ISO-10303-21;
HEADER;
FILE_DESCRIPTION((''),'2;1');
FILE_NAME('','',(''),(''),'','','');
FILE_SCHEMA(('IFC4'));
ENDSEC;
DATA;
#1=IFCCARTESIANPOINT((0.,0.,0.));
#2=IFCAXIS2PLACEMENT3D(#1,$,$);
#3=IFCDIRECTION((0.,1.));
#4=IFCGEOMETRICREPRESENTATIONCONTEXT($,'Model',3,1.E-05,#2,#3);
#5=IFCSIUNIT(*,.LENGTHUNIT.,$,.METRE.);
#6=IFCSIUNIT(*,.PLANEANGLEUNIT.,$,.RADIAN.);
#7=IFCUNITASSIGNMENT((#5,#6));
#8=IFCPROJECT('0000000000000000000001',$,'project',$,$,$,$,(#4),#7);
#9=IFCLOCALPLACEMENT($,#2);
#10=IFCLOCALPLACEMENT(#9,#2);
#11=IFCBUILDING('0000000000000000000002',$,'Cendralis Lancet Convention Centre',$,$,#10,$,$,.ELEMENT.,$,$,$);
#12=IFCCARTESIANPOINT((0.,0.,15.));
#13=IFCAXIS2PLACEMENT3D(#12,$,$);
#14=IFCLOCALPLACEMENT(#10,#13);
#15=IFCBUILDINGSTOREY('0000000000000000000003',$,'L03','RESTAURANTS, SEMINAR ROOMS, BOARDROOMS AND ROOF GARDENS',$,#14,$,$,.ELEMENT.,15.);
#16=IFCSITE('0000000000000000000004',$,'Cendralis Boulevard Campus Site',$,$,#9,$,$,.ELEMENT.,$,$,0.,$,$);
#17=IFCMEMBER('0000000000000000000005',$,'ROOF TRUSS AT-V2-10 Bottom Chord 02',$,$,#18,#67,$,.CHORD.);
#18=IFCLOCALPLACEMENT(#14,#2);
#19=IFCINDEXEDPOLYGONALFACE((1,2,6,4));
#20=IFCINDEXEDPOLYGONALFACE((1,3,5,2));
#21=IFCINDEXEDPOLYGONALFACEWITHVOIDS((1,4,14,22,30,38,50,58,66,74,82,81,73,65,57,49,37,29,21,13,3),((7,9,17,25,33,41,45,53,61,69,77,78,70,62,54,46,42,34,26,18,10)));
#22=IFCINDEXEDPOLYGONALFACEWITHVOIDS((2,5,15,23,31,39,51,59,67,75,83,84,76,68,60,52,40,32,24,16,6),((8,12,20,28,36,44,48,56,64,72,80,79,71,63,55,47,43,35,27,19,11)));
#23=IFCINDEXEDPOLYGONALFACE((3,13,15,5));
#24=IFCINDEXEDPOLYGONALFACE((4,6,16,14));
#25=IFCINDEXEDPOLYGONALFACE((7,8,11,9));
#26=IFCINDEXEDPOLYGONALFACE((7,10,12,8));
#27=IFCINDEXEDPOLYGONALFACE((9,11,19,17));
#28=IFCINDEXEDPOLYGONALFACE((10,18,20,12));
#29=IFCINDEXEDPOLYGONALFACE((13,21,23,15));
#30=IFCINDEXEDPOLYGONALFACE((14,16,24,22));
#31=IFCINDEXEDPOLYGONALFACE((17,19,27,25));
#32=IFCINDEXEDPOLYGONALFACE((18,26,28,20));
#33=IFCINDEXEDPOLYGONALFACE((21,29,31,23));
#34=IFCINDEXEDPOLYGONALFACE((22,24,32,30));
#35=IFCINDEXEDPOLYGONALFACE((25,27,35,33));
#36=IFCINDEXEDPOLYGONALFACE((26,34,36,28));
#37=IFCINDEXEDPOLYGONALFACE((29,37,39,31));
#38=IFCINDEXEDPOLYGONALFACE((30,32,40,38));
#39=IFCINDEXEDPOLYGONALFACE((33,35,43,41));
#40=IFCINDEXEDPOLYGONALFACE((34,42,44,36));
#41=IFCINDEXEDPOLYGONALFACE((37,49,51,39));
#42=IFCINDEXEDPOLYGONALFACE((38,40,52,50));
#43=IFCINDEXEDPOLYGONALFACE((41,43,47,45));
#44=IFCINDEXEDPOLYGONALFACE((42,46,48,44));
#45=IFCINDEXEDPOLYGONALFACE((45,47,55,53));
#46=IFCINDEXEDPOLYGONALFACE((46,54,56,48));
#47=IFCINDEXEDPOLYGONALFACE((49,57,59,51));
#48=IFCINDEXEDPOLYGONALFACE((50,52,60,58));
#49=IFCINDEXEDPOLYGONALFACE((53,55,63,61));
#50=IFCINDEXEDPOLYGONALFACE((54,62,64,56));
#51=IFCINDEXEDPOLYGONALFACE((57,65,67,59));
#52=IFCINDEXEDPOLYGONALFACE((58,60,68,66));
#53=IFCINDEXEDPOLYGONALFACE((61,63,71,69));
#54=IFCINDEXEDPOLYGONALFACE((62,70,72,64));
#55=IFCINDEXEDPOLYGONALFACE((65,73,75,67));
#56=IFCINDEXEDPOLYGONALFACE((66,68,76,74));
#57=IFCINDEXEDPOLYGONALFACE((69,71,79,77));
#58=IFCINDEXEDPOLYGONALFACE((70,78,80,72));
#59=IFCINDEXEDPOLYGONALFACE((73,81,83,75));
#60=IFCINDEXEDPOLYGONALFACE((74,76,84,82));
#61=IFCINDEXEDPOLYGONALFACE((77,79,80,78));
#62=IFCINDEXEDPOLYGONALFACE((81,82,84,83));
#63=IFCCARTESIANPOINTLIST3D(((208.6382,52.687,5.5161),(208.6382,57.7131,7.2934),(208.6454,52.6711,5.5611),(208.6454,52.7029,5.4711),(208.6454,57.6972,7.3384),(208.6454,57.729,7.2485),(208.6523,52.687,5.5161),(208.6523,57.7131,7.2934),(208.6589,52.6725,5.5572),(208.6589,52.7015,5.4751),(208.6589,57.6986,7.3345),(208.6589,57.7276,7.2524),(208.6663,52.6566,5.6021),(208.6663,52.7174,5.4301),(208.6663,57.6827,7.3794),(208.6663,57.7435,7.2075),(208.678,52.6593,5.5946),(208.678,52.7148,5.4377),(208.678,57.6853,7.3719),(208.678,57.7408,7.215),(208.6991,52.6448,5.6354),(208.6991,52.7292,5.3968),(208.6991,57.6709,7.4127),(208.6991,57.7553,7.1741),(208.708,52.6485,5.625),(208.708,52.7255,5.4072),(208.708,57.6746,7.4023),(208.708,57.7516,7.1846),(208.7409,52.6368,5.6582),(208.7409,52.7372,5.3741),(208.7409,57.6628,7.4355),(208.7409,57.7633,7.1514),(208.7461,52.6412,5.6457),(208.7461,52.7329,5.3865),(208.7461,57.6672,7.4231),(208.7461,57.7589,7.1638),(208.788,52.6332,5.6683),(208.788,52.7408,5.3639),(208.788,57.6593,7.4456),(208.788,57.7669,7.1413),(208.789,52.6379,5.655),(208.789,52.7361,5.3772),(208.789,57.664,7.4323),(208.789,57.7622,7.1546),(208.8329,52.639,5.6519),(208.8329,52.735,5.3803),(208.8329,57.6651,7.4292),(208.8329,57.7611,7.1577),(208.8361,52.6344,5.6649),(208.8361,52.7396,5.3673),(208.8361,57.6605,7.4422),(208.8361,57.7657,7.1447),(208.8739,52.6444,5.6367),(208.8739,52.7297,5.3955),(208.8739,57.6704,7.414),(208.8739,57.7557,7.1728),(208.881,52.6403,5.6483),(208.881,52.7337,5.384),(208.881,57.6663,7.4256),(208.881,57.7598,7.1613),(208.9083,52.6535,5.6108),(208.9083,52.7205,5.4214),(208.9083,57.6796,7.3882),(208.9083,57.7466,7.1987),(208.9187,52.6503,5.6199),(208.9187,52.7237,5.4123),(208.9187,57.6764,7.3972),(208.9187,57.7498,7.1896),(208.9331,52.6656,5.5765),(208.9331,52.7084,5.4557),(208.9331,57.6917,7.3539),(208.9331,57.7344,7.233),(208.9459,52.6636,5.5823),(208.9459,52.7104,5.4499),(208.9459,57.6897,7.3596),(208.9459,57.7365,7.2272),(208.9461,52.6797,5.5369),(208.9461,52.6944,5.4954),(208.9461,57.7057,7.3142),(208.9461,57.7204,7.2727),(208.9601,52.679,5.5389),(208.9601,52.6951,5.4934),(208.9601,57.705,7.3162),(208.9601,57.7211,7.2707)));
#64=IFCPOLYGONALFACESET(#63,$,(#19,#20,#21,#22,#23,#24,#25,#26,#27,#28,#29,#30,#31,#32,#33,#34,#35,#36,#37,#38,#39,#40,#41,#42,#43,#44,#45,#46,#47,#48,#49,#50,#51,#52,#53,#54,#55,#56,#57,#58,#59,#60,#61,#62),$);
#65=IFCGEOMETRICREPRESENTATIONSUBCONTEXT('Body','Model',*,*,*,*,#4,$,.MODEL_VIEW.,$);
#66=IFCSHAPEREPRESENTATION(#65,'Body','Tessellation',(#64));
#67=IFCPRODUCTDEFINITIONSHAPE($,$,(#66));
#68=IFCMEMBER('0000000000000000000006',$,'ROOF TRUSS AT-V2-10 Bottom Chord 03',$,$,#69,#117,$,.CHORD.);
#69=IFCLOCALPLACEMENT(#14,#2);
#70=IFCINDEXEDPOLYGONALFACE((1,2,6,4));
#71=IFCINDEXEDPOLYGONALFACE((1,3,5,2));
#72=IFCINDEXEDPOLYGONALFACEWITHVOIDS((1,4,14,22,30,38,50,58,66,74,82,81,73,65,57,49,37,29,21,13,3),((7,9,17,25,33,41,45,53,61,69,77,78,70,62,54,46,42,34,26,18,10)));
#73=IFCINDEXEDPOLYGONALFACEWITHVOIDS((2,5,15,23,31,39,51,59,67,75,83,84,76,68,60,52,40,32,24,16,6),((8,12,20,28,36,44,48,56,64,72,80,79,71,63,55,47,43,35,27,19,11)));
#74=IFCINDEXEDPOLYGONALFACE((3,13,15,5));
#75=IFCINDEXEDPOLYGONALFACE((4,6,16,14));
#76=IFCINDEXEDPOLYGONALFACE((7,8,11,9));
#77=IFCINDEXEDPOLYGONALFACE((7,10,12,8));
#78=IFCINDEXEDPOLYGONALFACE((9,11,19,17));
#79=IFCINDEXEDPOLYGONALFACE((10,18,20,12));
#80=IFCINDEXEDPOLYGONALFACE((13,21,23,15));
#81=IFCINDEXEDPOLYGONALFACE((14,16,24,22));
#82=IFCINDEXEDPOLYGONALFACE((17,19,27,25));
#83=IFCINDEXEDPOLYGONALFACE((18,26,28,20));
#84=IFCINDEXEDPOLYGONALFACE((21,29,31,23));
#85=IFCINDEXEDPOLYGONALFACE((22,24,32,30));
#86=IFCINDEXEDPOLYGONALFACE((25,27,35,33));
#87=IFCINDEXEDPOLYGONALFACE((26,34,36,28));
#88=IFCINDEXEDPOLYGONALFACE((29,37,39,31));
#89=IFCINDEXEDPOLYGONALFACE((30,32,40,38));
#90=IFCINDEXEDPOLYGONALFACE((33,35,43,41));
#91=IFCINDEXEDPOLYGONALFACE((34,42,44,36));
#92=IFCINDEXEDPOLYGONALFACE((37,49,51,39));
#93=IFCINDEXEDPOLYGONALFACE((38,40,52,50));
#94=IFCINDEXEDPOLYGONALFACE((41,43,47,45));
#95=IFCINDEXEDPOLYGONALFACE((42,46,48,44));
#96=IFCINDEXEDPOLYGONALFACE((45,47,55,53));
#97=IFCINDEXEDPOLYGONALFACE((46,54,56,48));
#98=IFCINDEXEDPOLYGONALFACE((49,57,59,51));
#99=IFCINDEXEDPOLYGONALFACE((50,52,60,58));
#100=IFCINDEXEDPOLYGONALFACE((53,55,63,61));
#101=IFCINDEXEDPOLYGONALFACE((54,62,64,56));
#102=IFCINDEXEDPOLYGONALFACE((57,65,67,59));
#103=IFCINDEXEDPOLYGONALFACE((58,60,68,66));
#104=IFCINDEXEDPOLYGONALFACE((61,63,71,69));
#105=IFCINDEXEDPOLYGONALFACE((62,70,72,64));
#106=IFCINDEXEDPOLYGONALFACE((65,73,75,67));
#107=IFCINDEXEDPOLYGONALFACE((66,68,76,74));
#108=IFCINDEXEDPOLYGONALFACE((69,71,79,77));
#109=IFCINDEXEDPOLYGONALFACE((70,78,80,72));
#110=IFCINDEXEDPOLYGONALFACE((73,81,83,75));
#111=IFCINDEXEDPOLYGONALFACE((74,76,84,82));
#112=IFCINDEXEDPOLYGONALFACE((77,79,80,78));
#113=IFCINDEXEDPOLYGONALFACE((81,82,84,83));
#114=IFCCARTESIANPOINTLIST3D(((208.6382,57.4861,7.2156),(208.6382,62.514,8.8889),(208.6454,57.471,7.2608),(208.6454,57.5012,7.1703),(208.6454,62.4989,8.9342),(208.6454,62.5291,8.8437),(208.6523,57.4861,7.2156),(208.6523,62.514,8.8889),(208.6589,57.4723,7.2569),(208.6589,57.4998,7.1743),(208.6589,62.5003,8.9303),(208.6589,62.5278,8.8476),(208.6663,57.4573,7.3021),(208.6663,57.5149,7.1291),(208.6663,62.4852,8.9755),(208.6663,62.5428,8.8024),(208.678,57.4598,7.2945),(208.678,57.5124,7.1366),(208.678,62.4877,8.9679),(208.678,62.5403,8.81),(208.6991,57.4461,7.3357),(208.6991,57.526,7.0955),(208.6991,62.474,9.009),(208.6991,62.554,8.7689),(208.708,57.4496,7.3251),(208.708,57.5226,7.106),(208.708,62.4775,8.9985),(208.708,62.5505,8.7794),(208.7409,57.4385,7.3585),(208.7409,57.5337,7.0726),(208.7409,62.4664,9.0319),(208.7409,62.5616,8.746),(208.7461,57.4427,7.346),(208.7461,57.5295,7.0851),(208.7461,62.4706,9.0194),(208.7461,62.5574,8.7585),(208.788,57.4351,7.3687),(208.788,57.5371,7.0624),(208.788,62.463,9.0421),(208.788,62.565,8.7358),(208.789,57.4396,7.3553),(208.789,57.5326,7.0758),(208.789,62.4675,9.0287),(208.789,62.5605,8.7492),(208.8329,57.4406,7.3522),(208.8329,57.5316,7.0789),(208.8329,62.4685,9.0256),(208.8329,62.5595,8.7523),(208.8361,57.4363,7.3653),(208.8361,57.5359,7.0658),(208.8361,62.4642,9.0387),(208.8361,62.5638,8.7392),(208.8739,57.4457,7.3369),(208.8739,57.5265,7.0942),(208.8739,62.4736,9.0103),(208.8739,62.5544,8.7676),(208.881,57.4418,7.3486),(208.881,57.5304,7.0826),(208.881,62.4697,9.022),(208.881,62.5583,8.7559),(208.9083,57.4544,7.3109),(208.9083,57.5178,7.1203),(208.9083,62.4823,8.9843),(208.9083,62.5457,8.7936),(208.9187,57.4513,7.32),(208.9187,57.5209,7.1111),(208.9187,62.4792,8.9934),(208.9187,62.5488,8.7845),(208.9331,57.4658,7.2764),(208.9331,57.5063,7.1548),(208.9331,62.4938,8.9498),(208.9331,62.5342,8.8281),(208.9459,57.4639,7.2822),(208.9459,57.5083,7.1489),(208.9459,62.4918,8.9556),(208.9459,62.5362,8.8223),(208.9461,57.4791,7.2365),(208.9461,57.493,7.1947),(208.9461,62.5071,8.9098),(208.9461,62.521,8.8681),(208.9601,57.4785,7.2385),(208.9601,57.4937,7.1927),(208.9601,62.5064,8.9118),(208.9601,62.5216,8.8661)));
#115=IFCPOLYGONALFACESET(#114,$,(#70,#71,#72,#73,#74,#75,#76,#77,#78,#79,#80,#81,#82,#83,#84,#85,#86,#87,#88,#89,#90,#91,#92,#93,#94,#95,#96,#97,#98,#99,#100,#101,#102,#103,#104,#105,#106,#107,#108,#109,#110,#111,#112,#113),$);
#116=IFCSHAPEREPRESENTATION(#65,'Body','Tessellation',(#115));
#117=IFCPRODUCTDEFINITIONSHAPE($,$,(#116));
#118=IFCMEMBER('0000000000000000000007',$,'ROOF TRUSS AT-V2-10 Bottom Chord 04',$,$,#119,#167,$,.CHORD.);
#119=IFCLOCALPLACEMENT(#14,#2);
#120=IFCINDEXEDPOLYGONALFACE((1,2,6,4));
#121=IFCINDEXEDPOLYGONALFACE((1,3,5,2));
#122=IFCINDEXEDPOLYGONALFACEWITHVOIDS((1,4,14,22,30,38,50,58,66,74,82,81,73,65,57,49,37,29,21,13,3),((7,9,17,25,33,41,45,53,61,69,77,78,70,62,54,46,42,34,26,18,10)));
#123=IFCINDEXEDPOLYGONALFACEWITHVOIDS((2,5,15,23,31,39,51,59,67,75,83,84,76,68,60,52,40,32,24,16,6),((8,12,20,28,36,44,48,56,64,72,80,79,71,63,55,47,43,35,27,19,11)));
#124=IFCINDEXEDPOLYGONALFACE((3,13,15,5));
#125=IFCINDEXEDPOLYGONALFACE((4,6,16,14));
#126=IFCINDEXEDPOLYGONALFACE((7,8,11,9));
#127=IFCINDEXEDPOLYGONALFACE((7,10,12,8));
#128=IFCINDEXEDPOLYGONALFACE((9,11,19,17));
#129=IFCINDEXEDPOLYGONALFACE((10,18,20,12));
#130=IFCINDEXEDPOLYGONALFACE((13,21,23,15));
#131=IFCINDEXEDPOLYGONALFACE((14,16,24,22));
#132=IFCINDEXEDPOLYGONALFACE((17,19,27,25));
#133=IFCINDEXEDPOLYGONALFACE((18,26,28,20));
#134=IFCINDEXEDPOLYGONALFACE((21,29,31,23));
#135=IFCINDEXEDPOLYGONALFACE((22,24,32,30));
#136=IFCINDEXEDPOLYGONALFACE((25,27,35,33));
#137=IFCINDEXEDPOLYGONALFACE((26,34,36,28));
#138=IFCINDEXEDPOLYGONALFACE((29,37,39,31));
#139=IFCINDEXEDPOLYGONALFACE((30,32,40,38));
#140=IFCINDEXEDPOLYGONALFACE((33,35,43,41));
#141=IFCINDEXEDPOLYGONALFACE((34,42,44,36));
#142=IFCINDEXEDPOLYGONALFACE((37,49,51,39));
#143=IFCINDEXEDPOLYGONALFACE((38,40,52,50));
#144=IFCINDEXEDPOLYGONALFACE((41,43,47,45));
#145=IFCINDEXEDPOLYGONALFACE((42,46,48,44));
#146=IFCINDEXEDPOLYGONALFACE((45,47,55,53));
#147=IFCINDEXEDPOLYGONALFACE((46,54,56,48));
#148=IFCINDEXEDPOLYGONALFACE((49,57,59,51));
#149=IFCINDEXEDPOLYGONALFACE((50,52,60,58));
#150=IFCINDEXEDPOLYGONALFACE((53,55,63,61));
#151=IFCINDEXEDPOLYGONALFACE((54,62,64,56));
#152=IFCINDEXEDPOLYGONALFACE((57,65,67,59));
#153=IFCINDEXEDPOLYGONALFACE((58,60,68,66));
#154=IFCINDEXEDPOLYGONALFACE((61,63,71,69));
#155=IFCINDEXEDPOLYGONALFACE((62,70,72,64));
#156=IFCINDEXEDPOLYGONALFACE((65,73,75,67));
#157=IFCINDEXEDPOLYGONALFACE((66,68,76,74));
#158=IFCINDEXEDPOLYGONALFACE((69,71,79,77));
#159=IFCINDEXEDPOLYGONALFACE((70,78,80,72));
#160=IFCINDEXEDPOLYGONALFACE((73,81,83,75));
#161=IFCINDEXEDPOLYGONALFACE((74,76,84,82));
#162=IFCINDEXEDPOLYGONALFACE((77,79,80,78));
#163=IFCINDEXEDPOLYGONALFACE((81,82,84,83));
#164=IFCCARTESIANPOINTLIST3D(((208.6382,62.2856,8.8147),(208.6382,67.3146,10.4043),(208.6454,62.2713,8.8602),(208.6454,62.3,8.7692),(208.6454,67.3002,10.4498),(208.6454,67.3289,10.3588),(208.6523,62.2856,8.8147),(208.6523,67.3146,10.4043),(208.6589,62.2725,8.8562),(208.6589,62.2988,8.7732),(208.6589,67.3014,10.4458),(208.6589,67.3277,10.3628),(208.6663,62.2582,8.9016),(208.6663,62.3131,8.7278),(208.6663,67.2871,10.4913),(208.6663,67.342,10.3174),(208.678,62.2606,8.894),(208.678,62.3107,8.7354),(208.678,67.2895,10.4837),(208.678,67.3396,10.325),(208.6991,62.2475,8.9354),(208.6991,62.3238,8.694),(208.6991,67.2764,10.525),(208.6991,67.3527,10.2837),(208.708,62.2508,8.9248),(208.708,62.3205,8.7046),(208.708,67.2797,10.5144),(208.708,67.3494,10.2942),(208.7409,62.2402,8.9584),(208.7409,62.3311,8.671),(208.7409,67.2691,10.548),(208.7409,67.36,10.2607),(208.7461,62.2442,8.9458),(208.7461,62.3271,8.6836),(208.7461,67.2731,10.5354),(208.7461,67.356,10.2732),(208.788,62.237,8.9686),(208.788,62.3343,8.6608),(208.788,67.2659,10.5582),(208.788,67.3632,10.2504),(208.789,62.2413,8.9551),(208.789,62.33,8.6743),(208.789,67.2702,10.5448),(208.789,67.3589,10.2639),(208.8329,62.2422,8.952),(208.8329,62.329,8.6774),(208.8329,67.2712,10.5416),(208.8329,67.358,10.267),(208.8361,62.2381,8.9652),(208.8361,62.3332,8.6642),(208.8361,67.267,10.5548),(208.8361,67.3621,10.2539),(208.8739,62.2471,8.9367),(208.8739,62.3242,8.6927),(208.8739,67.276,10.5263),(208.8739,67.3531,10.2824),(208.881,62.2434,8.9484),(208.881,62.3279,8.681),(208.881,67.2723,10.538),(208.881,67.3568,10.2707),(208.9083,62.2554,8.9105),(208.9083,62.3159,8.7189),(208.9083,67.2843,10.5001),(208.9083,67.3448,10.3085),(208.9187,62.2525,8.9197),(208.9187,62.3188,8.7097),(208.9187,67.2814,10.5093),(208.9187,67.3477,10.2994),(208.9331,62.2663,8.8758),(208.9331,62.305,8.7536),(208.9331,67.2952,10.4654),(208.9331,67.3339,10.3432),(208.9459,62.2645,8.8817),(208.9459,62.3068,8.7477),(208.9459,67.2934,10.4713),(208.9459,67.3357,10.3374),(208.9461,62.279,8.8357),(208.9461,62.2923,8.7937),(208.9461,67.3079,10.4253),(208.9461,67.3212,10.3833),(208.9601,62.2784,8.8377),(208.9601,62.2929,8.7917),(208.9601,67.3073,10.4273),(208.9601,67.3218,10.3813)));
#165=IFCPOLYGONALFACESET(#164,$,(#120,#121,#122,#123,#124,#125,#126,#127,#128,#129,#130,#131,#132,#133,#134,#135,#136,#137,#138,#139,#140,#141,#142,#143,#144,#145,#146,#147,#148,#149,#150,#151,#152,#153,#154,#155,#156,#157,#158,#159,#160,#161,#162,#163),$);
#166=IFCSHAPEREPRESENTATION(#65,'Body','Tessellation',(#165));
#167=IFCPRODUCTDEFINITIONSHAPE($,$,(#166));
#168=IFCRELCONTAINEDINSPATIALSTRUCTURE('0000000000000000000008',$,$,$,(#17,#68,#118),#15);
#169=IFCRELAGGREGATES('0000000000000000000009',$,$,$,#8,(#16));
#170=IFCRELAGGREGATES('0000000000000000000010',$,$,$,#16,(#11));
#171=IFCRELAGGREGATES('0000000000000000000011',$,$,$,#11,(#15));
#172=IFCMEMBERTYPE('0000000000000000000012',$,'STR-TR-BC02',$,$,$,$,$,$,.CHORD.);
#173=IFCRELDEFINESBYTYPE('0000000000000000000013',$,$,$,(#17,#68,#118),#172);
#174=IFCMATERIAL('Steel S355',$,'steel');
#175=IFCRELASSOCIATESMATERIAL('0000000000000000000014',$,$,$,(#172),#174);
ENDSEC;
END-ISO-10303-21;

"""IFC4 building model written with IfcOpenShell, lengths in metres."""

from ifc_helpers import new_model, si_unit, direction, frame, origin, origin_2d, place, context, subcontext, project, spatial, hollow_circle, extrude, material, material_profile, profile_set, type_object, element, save


model = new_model("IFC4")

# Units and contexts
model_context = context("Model", 3, precision=1e-05, world=origin(), true_north=direction((0.0, 1.0)))
body_context = subcontext(model_context, "Body", "Model", "MODEL_VIEW")
ifc_project = project(units=[si_unit("LENGTHUNIT", "METRE"), si_unit("PLANEANGLEUNIT", "RADIAN")], contexts=[model_context])

# Site, building, storey
site_placement = place(None, origin())
site = spatial("IfcSite", under=ifc_project, at=site_placement, Name="Cendralis Boulevard Campus Site", CompositionType="ELEMENT", RefElevation=0.0)
building_placement = place(site_placement, origin())
building = spatial("IfcBuilding", under=site, at=building_placement, Name="Cendralis Lancet Convention Centre", CompositionType="ELEMENT")
storey_placement = place(building_placement, frame((0.0, 0.0, 15.0)))
storey = spatial("IfcBuildingStorey", under=building, at=storey_placement, Name="L03", Description="RESTAURANTS, SEMINAR ROOMS, BOARDROOMS AND ROOF GARDENS", CompositionType="ELEMENT", Elevation=15.0)

# Shared definitions
ifc_material_1 = material(Name="Steel S355", Category="steel")

# Members
ifc_material_profile_1 = material_profile(ifc_material_1, hollow_circle(Radius=0.1619, WallThickness=0.0142, at=origin_2d()), Name="CHS 323.9x14.2")
ifc_profile_set_1 = profile_set([ifc_material_profile_1], Name="Steel S355")
member_type_1 = type_object("IfcMemberType", Name="STR-TR-BC02", PredefinedType="CHORD", material=ifc_profile_set_1)
member_1_placement = place(storey_placement, frame((208.8, 52.687, 5.5161), z_axis=(0.0, 0.942789, 0.33339), x_axis=(-1.0, 0.0, 0.0)))
element("IfcMember", 1, at=member_1_placement, inside=storey, type_object=member_type_1, Name="ROOF TRUSS AT-V2-10 Bottom Chord 02", PredefinedType="CHORD", context=body_context, shape_type="SweptSolid", body=[
    extrude(hollow_circle(Radius=0.1619, WallThickness=0.0142, at=origin_2d()), origin(), (0.0, 0.0, 1.0), 5.3311),
])
member_2_placement = place(storey_placement, frame((208.8, 57.4861, 7.2156), z_axis=(0.0, 0.948831, 0.315785), x_axis=(-1.0, 0.0, 0.0)))
element("IfcMember", 2, at=member_2_placement, inside=storey, type_object=member_type_1, Name="ROOF TRUSS AT-V2-10 Bottom Chord 03", PredefinedType="CHORD", context=body_context, shape_type="SweptSolid", body=[
    extrude(hollow_circle(Radius=0.1619, WallThickness=0.0142, at=origin_2d()), origin(), (0.0, 0.0, 1.0), 5.2991),
])
for number, where, z_axis, x_axis, name in (
    (3, (208.8, 62.2856, 8.8147), (0.0, 0.953498, 0.301399), (-1.0, 0.0, 0.0), "ROOF TRUSS AT-V2-10 Bottom Chord 04"),
):
    element("IfcMember", number, at=place(storey_placement, frame(where, z_axis=z_axis, x_axis=x_axis)), inside=storey, type_object=member_type_1, Name=name, PredefinedType="CHORD", context=body_context, shape_type="SweptSolid", body=[
        extrude(hollow_circle(Radius=0.1619, WallThickness=0.0142, at=origin_2d()), origin(), (0.0, 0.0, 1.0), 5.2742),
    ])

save(model, "model.ifc")
